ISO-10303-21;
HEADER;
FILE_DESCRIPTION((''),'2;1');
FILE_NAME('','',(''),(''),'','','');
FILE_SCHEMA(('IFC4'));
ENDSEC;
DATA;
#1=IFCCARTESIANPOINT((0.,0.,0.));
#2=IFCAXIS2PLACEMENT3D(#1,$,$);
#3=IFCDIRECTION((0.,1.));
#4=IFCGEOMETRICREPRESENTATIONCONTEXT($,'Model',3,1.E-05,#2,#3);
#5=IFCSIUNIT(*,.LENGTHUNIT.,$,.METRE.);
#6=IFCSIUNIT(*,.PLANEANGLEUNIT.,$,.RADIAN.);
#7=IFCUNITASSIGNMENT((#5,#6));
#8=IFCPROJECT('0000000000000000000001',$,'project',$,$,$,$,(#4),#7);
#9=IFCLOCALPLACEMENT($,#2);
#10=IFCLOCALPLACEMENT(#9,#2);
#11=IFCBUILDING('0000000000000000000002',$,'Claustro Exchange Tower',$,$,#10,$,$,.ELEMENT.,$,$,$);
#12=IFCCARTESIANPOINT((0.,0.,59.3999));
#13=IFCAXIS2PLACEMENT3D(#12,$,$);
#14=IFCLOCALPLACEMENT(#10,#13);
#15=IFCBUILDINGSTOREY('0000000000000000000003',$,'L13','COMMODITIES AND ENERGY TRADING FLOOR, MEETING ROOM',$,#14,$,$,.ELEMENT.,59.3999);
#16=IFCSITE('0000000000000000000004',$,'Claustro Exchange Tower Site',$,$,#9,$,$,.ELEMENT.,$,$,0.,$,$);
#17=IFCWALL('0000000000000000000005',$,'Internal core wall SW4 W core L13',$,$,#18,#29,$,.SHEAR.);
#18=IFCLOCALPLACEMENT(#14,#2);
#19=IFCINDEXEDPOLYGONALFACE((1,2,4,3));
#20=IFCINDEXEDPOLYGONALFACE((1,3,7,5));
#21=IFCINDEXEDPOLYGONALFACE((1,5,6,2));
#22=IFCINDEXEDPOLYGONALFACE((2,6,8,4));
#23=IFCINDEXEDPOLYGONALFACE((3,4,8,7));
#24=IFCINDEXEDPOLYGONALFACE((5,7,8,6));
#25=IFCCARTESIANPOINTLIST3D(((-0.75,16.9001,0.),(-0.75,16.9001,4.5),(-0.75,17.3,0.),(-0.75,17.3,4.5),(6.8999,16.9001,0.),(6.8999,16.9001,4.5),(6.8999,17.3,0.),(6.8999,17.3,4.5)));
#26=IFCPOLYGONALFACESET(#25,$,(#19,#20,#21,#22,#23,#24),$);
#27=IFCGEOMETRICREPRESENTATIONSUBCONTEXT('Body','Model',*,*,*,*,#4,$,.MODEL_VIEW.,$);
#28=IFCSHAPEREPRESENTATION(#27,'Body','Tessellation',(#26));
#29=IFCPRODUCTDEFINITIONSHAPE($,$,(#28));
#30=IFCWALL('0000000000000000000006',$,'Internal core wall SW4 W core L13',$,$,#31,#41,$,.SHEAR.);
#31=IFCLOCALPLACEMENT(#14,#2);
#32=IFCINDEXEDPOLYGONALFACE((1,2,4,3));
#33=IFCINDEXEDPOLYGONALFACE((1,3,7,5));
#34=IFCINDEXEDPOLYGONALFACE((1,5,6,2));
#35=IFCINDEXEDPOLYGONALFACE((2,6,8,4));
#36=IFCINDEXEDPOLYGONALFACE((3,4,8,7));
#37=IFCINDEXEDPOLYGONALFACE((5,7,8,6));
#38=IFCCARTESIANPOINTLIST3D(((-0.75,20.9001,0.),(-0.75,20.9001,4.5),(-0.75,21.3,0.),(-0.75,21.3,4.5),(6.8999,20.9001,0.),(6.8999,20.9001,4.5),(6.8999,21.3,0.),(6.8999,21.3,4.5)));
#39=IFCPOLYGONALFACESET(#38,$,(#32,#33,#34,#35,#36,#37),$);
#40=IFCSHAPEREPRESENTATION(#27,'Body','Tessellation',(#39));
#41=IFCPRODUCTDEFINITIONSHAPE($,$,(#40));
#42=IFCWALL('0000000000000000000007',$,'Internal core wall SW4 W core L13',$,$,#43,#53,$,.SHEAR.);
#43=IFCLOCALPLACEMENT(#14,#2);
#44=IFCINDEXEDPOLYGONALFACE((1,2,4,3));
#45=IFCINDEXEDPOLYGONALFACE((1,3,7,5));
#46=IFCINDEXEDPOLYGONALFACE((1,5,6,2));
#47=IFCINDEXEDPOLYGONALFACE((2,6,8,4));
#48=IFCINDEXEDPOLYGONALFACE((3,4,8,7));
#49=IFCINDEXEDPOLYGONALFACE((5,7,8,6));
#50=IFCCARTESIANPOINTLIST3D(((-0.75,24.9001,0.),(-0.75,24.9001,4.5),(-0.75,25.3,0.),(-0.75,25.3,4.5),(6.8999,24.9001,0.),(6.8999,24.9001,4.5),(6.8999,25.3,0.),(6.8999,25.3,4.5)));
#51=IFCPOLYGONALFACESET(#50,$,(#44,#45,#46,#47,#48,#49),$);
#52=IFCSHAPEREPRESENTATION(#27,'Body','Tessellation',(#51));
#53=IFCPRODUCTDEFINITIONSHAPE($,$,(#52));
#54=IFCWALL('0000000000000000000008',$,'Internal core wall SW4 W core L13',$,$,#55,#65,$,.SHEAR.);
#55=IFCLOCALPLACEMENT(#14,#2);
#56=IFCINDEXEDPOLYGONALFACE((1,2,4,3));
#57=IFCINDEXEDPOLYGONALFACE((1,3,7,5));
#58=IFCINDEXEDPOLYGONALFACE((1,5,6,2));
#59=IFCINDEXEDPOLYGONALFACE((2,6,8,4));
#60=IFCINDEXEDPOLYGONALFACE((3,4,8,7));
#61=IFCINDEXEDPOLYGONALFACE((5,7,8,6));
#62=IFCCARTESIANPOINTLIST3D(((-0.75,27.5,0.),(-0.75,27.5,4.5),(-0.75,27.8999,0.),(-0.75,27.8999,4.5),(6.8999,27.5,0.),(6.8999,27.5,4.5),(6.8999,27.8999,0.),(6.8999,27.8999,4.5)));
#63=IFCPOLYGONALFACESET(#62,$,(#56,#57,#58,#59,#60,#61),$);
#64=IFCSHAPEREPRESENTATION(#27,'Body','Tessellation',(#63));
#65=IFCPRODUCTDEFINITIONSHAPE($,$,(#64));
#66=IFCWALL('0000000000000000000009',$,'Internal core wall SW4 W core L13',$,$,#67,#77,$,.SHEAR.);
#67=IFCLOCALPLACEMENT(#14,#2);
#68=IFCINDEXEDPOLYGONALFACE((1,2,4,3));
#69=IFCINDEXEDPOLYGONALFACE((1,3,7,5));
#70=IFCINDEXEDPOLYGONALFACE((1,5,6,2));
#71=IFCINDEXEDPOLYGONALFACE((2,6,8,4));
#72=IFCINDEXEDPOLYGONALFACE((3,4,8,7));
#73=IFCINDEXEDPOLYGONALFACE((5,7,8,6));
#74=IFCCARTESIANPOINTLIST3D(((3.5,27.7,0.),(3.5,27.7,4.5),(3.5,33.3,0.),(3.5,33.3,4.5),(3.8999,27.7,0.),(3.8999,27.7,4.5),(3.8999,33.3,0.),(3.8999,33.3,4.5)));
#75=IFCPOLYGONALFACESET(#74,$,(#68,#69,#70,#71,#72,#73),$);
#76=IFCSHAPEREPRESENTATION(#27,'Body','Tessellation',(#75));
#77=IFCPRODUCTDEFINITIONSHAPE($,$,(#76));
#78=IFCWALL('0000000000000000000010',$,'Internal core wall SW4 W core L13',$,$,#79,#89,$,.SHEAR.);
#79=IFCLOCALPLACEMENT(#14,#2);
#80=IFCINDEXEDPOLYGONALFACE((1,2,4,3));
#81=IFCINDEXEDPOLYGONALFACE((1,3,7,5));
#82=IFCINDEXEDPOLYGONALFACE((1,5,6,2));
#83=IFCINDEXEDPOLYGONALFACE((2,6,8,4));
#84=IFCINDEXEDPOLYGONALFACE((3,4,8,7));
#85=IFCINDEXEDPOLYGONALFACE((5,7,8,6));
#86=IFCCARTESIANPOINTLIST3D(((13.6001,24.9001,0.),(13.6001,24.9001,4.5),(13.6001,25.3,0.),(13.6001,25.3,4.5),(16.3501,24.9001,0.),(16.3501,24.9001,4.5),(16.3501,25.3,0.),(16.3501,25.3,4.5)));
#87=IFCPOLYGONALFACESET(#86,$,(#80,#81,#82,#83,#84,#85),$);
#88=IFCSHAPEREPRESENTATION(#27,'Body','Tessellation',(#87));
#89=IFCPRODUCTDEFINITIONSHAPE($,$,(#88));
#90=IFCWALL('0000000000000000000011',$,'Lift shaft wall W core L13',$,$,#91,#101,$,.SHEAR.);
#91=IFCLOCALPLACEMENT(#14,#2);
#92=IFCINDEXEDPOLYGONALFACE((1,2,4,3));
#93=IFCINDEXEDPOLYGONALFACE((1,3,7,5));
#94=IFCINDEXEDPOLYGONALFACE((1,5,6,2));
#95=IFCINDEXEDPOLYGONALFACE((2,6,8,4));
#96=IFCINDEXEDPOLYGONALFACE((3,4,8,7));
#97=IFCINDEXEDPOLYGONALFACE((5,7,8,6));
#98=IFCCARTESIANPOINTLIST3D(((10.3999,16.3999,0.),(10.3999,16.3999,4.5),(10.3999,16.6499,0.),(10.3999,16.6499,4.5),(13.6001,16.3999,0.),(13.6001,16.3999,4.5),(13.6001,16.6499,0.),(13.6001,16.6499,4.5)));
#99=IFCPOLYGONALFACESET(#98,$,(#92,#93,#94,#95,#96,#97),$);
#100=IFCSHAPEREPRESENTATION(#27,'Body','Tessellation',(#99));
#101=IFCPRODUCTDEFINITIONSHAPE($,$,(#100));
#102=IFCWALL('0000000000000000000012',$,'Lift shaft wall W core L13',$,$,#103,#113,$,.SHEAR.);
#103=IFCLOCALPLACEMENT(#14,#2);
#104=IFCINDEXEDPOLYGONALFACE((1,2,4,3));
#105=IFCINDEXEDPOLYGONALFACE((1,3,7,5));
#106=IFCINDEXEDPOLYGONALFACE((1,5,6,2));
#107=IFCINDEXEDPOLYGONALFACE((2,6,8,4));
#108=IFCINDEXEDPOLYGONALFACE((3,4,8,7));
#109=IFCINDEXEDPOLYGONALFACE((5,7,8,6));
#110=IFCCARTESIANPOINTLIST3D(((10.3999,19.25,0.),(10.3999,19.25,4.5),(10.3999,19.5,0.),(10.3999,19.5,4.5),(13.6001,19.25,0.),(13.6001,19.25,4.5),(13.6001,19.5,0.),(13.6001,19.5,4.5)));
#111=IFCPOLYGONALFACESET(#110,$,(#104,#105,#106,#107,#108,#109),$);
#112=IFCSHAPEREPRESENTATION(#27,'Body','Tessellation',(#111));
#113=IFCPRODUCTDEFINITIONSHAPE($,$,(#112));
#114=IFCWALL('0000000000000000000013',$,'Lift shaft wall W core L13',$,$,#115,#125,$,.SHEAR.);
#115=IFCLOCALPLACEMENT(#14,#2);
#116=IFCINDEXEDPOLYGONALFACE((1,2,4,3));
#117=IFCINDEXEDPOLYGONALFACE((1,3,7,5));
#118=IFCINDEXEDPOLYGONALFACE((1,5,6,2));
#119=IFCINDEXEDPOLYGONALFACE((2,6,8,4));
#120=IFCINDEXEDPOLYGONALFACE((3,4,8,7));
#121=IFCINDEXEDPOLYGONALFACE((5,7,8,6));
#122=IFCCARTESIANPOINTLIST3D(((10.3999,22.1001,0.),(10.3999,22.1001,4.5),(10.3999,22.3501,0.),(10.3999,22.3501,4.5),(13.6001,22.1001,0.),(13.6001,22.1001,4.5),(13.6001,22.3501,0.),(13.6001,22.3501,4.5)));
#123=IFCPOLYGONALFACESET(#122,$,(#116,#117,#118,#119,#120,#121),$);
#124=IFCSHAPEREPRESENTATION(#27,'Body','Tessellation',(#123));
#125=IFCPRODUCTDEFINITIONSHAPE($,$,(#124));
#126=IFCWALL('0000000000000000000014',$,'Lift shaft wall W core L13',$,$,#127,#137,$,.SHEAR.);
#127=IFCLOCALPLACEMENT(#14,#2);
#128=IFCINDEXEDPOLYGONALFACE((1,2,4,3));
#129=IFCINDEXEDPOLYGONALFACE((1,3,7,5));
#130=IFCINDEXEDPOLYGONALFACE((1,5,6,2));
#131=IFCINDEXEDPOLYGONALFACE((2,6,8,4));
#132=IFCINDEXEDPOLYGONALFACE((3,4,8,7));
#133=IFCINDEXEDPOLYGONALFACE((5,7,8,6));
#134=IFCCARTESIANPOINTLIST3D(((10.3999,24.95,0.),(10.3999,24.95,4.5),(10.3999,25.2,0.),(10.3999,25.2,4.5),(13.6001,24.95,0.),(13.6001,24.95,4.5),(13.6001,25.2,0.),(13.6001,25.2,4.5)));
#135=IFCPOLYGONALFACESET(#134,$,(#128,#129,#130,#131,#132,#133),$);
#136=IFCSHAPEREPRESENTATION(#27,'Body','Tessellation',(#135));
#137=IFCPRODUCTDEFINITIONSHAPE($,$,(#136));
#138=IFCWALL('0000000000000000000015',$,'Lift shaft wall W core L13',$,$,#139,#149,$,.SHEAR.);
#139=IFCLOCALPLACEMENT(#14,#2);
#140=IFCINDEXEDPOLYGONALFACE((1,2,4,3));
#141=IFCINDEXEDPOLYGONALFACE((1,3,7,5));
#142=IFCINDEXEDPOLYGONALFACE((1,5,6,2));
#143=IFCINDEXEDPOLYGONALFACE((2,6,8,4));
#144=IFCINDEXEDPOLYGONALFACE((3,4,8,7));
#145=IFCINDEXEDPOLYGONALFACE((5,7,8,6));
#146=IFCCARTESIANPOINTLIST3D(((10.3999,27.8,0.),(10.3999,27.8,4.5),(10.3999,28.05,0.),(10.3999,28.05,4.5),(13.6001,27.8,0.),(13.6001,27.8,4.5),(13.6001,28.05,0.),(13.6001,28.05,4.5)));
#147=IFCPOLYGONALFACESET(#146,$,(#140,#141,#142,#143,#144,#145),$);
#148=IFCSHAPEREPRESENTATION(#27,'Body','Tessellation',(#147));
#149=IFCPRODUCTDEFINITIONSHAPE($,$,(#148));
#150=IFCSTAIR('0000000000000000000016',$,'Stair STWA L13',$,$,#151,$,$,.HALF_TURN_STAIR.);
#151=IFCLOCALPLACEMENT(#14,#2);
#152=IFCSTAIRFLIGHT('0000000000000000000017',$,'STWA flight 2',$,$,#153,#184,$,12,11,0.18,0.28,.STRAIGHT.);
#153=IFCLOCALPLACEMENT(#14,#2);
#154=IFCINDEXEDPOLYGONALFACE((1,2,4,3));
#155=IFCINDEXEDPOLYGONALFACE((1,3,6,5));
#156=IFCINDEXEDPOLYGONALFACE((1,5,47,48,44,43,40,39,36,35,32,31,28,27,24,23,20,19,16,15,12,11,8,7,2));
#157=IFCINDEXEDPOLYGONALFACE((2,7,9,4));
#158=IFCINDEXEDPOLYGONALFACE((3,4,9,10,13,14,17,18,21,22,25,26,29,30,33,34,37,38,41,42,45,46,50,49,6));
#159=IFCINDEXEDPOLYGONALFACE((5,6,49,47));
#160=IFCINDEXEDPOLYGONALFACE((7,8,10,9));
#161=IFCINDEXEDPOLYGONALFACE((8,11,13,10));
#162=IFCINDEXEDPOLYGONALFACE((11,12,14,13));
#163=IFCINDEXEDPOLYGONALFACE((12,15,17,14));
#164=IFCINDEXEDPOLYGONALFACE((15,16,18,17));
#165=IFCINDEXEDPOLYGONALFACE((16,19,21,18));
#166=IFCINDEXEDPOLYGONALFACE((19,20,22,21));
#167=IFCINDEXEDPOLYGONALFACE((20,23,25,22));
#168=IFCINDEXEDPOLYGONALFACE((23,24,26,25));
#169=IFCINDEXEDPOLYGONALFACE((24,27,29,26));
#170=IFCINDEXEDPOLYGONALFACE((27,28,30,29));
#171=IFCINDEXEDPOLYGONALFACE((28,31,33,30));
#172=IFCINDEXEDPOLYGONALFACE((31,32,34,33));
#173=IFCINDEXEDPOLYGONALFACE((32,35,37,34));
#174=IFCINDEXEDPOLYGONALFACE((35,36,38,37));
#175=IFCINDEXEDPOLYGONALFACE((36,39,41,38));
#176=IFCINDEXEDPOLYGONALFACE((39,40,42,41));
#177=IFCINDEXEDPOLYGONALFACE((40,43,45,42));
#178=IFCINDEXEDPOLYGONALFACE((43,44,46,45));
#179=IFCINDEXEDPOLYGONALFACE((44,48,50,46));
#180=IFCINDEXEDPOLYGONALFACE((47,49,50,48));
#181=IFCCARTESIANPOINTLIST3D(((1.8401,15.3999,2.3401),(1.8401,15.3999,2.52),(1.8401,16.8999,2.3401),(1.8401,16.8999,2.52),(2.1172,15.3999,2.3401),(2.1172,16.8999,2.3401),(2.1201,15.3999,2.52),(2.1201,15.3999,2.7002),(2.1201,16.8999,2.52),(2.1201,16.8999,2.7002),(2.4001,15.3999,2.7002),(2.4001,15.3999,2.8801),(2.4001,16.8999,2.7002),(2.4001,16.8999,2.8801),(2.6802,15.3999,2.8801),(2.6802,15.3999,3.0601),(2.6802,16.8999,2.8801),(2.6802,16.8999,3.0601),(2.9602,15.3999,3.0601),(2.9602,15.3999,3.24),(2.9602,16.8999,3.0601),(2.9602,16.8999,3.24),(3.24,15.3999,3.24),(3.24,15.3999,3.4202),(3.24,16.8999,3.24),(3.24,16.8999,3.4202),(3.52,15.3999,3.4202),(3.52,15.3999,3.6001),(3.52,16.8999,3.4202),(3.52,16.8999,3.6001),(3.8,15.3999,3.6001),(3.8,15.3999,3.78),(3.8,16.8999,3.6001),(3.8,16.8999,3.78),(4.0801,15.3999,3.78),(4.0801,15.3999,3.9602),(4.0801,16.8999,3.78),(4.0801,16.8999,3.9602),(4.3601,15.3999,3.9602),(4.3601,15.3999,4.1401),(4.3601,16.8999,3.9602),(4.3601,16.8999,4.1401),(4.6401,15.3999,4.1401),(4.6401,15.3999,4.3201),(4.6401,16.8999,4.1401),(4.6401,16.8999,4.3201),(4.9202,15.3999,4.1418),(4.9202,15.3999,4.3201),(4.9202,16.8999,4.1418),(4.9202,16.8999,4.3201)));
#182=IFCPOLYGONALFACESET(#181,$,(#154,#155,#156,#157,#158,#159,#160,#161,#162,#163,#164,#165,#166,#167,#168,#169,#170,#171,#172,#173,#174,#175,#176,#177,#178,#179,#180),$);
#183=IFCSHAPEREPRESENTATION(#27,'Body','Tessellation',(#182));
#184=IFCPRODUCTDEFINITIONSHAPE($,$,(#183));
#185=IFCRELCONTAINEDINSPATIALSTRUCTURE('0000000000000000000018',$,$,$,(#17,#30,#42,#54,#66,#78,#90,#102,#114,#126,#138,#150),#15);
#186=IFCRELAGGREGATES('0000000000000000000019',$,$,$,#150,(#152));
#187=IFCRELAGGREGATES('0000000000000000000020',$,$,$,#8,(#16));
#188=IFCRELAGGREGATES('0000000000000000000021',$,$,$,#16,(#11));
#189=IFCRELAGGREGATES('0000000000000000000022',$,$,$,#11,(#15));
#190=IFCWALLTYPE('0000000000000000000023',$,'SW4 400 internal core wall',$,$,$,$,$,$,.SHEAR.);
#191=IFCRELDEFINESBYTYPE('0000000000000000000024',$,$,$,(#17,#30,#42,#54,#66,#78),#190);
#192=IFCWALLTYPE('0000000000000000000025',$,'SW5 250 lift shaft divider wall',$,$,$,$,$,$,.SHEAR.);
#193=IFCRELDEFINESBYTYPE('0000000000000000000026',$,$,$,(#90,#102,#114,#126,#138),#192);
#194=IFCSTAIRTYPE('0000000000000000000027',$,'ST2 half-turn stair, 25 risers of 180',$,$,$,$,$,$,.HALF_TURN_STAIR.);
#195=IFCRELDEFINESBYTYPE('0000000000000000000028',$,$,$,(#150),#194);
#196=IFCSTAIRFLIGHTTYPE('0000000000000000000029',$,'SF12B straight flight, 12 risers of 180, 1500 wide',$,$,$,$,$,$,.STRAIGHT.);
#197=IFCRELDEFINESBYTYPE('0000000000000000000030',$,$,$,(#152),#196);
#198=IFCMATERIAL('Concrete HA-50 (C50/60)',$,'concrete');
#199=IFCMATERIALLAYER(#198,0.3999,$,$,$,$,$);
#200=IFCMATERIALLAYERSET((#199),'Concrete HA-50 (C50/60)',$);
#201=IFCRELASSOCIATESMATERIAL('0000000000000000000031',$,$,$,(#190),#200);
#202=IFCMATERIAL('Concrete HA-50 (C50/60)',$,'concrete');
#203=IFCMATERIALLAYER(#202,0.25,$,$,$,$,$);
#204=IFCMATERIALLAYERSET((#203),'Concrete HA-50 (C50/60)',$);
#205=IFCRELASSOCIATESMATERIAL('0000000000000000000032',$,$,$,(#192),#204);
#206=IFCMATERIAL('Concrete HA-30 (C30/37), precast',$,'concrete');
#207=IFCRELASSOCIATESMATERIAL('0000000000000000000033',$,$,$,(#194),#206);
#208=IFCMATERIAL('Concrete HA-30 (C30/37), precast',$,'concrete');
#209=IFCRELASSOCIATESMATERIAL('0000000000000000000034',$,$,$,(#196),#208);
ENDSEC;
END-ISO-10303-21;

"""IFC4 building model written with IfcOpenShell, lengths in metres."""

from ifc_helpers import new_model, si_unit, direction, frame, frame_2d, origin, place, context, subcontext, project, spatial, polyline, rectangle, outline, extrude, material, layer, layer_set, type_object, element, aggregate, save


model = new_model("IFC4")

# Units and contexts
model_context = context("Model", 3, precision=1e-05, world=origin(), true_north=direction((0.0, 1.0)))
body_context = subcontext(model_context, "Body", "Model", "MODEL_VIEW")
ifc_project = project(units=[si_unit("LENGTHUNIT", "METRE"), si_unit("PLANEANGLEUNIT", "RADIAN")], contexts=[model_context])

# Site, building, storey
site_placement = place(None, origin())
site = spatial("IfcSite", under=ifc_project, at=site_placement, Name="Claustro Exchange Tower Site", CompositionType="ELEMENT", RefElevation=0.0)
building_placement = place(site_placement, origin())
building = spatial("IfcBuilding", under=site, at=building_placement, Name="Claustro Exchange Tower", CompositionType="ELEMENT")
storey_placement = place(building_placement, frame((0.0, 0.0, 59.3999)))
storey = spatial("IfcBuildingStorey", under=building, at=storey_placement, Name="L13", Description="COMMODITIES AND ENERGY TRADING FLOOR, MEETING ROOM", CompositionType="ELEMENT", Elevation=59.3999)

# Walls
ifc_material_1 = material(Name="Concrete HA-50 (C50/60)", Category="concrete")
ifc_layer_1 = layer(ifc_material_1, 0.3999)
ifc_layer_set_1 = layer_set([ifc_layer_1], Name="Concrete HA-50 (C50/60)")
wall_type_1 = type_object("IfcWallType", Name="SW4 400 internal core wall", PredefinedType="SHEAR", material=ifc_layer_set_1)
for number, where, z_axis, x_axis, name in (
    (1, (-0.75, 17.1001, 0.0), (0.0, 0.0, 1.0), (1.0, 0.0, 0.0), "Internal core wall SW4 W core L13"),
    (2, (-0.75, 21.1001, 0.0), (0.0, 0.0, 1.0), (1.0, 0.0, 0.0), "Internal core wall SW4 W core L13"),
    (3, (-0.75, 25.1001, 0.0), (0.0, 0.0, 1.0), (1.0, 0.0, 0.0), "Internal core wall SW4 W core L13"),
    (4, (-0.75, 27.7, 0.0), (0.0, 0.0, 1.0), (1.0, 0.0, 0.0), "Internal core wall SW4 W core L13"),
):
    element("IfcWall", number, at=place(storey_placement, frame(where, z_axis=z_axis, x_axis=x_axis)), inside=storey, type_object=wall_type_1, Name=name, PredefinedType="SHEAR", context=body_context, shape_type="SweptSolid", body=[
        extrude(rectangle(XDim=7.6499, YDim=0.3999, at=frame_2d((3.825, 0.0))), origin(), (0.0, 0.0, 1.0), 4.5),
    ])
wall_1_placement = place(storey_placement, frame((3.7, 27.7, 0.0), z_axis=(0.0, 0.0, 1.0), x_axis=(0.0, 1.0, 0.0)))
element("IfcWall", 5, at=wall_1_placement, inside=storey, type_object=wall_type_1, Name="Internal core wall SW4 W core L13", PredefinedType="SHEAR", context=body_context, shape_type="SweptSolid", body=[
    extrude(rectangle(XDim=5.6001, YDim=0.3999, at=frame_2d((2.8, 0.0))), origin(), (0.0, 0.0, 1.0), 4.5),
])
wall_2_placement = place(storey_placement, frame((13.6001, 25.1001, 0.0), z_axis=(0.0, 0.0, 1.0), x_axis=(1.0, 0.0, 0.0)))
element("IfcWall", 6, at=wall_2_placement, inside=storey, type_object=wall_type_1, Name="Internal core wall SW4 W core L13", PredefinedType="SHEAR", context=body_context, shape_type="SweptSolid", body=[
    extrude(rectangle(XDim=2.75, YDim=0.3999, at=frame_2d((1.375, 0.0))), origin(), (0.0, 0.0, 1.0), 4.5),
])
ifc_material_2 = material(Name="Concrete HA-50 (C50/60)", Category="concrete")
ifc_layer_2 = layer(ifc_material_2, 0.25)
ifc_layer_set_2 = layer_set([ifc_layer_2], Name="Concrete HA-50 (C50/60)")
wall_type_2 = type_object("IfcWallType", Name="SW5 250 lift shaft divider wall", PredefinedType="SHEAR", material=ifc_layer_set_2)
for number, where, z_axis, x_axis, name in (
    (7, (10.3999, 16.5249, 0.0), (0.0, 0.0, 1.0), (1.0, 0.0, 0.0), "Lift shaft wall W core L13"),
    (8, (10.3999, 19.375, 0.0), (0.0, 0.0, 1.0), (1.0, 0.0, 0.0), "Lift shaft wall W core L13"),
    (9, (10.3999, 22.2251, 0.0), (0.0, 0.0, 1.0), (1.0, 0.0, 0.0), "Lift shaft wall W core L13"),
    (10, (10.3999, 25.075, 0.0), (0.0, 0.0, 1.0), (1.0, 0.0, 0.0), "Lift shaft wall W core L13"),
    (11, (10.3999, 27.925, 0.0), (0.0, 0.0, 1.0), (1.0, 0.0, 0.0), "Lift shaft wall W core L13"),
):
    element("IfcWall", number, at=place(storey_placement, frame(where, z_axis=z_axis, x_axis=x_axis)), inside=storey, type_object=wall_type_2, Name=name, PredefinedType="SHEAR", context=body_context, shape_type="SweptSolid", body=[
        extrude(rectangle(XDim=3.2002, YDim=0.25, at=frame_2d((1.6001, 0.0))), origin(), (0.0, 0.0, 1.0), 4.5),
    ])

# Stair, stair flight
ifc_material_3 = material(Name="Concrete HA-30 (C30/37), precast", Category="concrete")
stair_type = type_object("IfcStairType", Name="ST2 half-turn stair, 25 risers of 180", PredefinedType="HALF_TURN_STAIR", material=ifc_material_3)
stair_placement = place(storey_placement, origin())
stair = element("IfcStair", 12, at=stair_placement, inside=storey, type_object=stair_type, Name="Stair STWA L13", PredefinedType="HALF_TURN_STAIR")
ifc_material_4 = material(Name="Concrete HA-30 (C30/37), precast", Category="concrete")
stair_flight_type = type_object("IfcStairFlightType", Name="SF12B straight flight, 12 risers of 180, 1500 wide", PredefinedType="STRAIGHT", material=ifc_material_4)
stair_flight_placement = place(storey_placement, frame((1.8401, 16.1499, 2.3401), z_axis=(0.0, 0.0, 1.0), x_axis=(1.0, 0.0, 0.0)))
stair_flight = element("IfcStairFlight", 13, at=stair_flight_placement, type_object=stair_flight_type, Name="STWA flight 2", NumberOfRisers=12, NumberOfTreads=11, PredefinedType="STRAIGHT", RiserHeight=0.18, TreadLength=0.28, context=body_context, shape_type="SweptSolid", body=[
    extrude(outline(polyline([(0.0, 0.0), (0.0, 0.1799), (0.28, 0.1799), (0.28, 0.3601), (0.5601, 0.3601), (0.5601, 0.54), (0.8401, 0.54), (0.8401, 0.72), (1.1201, 0.72), (1.1201, 0.8999), (1.3999, 0.8999), (1.3999, 1.0801), (1.6799, 1.0801), (1.6799, 1.26), (1.96, 1.26), (1.96, 1.4399), (2.24, 1.4399), (2.24, 1.6201), (2.52, 1.6201), (2.52, 1.8), (2.8, 1.8), (2.8, 1.98), (3.0801, 1.98), (3.0801, 2.1599), (3.0801, 1.8018), (0.2771, 0.0), (0.0, 0.0)])), frame((0.0, 0.75, 0.0), z_axis=(0.0, -1.0, 0.0), x_axis=(1.0, 0.0, 0.0)), (0.0, 0.0, 1.0), 1.5),
])
aggregate(stair, [stair_flight])

save(model, "model.ifc")
